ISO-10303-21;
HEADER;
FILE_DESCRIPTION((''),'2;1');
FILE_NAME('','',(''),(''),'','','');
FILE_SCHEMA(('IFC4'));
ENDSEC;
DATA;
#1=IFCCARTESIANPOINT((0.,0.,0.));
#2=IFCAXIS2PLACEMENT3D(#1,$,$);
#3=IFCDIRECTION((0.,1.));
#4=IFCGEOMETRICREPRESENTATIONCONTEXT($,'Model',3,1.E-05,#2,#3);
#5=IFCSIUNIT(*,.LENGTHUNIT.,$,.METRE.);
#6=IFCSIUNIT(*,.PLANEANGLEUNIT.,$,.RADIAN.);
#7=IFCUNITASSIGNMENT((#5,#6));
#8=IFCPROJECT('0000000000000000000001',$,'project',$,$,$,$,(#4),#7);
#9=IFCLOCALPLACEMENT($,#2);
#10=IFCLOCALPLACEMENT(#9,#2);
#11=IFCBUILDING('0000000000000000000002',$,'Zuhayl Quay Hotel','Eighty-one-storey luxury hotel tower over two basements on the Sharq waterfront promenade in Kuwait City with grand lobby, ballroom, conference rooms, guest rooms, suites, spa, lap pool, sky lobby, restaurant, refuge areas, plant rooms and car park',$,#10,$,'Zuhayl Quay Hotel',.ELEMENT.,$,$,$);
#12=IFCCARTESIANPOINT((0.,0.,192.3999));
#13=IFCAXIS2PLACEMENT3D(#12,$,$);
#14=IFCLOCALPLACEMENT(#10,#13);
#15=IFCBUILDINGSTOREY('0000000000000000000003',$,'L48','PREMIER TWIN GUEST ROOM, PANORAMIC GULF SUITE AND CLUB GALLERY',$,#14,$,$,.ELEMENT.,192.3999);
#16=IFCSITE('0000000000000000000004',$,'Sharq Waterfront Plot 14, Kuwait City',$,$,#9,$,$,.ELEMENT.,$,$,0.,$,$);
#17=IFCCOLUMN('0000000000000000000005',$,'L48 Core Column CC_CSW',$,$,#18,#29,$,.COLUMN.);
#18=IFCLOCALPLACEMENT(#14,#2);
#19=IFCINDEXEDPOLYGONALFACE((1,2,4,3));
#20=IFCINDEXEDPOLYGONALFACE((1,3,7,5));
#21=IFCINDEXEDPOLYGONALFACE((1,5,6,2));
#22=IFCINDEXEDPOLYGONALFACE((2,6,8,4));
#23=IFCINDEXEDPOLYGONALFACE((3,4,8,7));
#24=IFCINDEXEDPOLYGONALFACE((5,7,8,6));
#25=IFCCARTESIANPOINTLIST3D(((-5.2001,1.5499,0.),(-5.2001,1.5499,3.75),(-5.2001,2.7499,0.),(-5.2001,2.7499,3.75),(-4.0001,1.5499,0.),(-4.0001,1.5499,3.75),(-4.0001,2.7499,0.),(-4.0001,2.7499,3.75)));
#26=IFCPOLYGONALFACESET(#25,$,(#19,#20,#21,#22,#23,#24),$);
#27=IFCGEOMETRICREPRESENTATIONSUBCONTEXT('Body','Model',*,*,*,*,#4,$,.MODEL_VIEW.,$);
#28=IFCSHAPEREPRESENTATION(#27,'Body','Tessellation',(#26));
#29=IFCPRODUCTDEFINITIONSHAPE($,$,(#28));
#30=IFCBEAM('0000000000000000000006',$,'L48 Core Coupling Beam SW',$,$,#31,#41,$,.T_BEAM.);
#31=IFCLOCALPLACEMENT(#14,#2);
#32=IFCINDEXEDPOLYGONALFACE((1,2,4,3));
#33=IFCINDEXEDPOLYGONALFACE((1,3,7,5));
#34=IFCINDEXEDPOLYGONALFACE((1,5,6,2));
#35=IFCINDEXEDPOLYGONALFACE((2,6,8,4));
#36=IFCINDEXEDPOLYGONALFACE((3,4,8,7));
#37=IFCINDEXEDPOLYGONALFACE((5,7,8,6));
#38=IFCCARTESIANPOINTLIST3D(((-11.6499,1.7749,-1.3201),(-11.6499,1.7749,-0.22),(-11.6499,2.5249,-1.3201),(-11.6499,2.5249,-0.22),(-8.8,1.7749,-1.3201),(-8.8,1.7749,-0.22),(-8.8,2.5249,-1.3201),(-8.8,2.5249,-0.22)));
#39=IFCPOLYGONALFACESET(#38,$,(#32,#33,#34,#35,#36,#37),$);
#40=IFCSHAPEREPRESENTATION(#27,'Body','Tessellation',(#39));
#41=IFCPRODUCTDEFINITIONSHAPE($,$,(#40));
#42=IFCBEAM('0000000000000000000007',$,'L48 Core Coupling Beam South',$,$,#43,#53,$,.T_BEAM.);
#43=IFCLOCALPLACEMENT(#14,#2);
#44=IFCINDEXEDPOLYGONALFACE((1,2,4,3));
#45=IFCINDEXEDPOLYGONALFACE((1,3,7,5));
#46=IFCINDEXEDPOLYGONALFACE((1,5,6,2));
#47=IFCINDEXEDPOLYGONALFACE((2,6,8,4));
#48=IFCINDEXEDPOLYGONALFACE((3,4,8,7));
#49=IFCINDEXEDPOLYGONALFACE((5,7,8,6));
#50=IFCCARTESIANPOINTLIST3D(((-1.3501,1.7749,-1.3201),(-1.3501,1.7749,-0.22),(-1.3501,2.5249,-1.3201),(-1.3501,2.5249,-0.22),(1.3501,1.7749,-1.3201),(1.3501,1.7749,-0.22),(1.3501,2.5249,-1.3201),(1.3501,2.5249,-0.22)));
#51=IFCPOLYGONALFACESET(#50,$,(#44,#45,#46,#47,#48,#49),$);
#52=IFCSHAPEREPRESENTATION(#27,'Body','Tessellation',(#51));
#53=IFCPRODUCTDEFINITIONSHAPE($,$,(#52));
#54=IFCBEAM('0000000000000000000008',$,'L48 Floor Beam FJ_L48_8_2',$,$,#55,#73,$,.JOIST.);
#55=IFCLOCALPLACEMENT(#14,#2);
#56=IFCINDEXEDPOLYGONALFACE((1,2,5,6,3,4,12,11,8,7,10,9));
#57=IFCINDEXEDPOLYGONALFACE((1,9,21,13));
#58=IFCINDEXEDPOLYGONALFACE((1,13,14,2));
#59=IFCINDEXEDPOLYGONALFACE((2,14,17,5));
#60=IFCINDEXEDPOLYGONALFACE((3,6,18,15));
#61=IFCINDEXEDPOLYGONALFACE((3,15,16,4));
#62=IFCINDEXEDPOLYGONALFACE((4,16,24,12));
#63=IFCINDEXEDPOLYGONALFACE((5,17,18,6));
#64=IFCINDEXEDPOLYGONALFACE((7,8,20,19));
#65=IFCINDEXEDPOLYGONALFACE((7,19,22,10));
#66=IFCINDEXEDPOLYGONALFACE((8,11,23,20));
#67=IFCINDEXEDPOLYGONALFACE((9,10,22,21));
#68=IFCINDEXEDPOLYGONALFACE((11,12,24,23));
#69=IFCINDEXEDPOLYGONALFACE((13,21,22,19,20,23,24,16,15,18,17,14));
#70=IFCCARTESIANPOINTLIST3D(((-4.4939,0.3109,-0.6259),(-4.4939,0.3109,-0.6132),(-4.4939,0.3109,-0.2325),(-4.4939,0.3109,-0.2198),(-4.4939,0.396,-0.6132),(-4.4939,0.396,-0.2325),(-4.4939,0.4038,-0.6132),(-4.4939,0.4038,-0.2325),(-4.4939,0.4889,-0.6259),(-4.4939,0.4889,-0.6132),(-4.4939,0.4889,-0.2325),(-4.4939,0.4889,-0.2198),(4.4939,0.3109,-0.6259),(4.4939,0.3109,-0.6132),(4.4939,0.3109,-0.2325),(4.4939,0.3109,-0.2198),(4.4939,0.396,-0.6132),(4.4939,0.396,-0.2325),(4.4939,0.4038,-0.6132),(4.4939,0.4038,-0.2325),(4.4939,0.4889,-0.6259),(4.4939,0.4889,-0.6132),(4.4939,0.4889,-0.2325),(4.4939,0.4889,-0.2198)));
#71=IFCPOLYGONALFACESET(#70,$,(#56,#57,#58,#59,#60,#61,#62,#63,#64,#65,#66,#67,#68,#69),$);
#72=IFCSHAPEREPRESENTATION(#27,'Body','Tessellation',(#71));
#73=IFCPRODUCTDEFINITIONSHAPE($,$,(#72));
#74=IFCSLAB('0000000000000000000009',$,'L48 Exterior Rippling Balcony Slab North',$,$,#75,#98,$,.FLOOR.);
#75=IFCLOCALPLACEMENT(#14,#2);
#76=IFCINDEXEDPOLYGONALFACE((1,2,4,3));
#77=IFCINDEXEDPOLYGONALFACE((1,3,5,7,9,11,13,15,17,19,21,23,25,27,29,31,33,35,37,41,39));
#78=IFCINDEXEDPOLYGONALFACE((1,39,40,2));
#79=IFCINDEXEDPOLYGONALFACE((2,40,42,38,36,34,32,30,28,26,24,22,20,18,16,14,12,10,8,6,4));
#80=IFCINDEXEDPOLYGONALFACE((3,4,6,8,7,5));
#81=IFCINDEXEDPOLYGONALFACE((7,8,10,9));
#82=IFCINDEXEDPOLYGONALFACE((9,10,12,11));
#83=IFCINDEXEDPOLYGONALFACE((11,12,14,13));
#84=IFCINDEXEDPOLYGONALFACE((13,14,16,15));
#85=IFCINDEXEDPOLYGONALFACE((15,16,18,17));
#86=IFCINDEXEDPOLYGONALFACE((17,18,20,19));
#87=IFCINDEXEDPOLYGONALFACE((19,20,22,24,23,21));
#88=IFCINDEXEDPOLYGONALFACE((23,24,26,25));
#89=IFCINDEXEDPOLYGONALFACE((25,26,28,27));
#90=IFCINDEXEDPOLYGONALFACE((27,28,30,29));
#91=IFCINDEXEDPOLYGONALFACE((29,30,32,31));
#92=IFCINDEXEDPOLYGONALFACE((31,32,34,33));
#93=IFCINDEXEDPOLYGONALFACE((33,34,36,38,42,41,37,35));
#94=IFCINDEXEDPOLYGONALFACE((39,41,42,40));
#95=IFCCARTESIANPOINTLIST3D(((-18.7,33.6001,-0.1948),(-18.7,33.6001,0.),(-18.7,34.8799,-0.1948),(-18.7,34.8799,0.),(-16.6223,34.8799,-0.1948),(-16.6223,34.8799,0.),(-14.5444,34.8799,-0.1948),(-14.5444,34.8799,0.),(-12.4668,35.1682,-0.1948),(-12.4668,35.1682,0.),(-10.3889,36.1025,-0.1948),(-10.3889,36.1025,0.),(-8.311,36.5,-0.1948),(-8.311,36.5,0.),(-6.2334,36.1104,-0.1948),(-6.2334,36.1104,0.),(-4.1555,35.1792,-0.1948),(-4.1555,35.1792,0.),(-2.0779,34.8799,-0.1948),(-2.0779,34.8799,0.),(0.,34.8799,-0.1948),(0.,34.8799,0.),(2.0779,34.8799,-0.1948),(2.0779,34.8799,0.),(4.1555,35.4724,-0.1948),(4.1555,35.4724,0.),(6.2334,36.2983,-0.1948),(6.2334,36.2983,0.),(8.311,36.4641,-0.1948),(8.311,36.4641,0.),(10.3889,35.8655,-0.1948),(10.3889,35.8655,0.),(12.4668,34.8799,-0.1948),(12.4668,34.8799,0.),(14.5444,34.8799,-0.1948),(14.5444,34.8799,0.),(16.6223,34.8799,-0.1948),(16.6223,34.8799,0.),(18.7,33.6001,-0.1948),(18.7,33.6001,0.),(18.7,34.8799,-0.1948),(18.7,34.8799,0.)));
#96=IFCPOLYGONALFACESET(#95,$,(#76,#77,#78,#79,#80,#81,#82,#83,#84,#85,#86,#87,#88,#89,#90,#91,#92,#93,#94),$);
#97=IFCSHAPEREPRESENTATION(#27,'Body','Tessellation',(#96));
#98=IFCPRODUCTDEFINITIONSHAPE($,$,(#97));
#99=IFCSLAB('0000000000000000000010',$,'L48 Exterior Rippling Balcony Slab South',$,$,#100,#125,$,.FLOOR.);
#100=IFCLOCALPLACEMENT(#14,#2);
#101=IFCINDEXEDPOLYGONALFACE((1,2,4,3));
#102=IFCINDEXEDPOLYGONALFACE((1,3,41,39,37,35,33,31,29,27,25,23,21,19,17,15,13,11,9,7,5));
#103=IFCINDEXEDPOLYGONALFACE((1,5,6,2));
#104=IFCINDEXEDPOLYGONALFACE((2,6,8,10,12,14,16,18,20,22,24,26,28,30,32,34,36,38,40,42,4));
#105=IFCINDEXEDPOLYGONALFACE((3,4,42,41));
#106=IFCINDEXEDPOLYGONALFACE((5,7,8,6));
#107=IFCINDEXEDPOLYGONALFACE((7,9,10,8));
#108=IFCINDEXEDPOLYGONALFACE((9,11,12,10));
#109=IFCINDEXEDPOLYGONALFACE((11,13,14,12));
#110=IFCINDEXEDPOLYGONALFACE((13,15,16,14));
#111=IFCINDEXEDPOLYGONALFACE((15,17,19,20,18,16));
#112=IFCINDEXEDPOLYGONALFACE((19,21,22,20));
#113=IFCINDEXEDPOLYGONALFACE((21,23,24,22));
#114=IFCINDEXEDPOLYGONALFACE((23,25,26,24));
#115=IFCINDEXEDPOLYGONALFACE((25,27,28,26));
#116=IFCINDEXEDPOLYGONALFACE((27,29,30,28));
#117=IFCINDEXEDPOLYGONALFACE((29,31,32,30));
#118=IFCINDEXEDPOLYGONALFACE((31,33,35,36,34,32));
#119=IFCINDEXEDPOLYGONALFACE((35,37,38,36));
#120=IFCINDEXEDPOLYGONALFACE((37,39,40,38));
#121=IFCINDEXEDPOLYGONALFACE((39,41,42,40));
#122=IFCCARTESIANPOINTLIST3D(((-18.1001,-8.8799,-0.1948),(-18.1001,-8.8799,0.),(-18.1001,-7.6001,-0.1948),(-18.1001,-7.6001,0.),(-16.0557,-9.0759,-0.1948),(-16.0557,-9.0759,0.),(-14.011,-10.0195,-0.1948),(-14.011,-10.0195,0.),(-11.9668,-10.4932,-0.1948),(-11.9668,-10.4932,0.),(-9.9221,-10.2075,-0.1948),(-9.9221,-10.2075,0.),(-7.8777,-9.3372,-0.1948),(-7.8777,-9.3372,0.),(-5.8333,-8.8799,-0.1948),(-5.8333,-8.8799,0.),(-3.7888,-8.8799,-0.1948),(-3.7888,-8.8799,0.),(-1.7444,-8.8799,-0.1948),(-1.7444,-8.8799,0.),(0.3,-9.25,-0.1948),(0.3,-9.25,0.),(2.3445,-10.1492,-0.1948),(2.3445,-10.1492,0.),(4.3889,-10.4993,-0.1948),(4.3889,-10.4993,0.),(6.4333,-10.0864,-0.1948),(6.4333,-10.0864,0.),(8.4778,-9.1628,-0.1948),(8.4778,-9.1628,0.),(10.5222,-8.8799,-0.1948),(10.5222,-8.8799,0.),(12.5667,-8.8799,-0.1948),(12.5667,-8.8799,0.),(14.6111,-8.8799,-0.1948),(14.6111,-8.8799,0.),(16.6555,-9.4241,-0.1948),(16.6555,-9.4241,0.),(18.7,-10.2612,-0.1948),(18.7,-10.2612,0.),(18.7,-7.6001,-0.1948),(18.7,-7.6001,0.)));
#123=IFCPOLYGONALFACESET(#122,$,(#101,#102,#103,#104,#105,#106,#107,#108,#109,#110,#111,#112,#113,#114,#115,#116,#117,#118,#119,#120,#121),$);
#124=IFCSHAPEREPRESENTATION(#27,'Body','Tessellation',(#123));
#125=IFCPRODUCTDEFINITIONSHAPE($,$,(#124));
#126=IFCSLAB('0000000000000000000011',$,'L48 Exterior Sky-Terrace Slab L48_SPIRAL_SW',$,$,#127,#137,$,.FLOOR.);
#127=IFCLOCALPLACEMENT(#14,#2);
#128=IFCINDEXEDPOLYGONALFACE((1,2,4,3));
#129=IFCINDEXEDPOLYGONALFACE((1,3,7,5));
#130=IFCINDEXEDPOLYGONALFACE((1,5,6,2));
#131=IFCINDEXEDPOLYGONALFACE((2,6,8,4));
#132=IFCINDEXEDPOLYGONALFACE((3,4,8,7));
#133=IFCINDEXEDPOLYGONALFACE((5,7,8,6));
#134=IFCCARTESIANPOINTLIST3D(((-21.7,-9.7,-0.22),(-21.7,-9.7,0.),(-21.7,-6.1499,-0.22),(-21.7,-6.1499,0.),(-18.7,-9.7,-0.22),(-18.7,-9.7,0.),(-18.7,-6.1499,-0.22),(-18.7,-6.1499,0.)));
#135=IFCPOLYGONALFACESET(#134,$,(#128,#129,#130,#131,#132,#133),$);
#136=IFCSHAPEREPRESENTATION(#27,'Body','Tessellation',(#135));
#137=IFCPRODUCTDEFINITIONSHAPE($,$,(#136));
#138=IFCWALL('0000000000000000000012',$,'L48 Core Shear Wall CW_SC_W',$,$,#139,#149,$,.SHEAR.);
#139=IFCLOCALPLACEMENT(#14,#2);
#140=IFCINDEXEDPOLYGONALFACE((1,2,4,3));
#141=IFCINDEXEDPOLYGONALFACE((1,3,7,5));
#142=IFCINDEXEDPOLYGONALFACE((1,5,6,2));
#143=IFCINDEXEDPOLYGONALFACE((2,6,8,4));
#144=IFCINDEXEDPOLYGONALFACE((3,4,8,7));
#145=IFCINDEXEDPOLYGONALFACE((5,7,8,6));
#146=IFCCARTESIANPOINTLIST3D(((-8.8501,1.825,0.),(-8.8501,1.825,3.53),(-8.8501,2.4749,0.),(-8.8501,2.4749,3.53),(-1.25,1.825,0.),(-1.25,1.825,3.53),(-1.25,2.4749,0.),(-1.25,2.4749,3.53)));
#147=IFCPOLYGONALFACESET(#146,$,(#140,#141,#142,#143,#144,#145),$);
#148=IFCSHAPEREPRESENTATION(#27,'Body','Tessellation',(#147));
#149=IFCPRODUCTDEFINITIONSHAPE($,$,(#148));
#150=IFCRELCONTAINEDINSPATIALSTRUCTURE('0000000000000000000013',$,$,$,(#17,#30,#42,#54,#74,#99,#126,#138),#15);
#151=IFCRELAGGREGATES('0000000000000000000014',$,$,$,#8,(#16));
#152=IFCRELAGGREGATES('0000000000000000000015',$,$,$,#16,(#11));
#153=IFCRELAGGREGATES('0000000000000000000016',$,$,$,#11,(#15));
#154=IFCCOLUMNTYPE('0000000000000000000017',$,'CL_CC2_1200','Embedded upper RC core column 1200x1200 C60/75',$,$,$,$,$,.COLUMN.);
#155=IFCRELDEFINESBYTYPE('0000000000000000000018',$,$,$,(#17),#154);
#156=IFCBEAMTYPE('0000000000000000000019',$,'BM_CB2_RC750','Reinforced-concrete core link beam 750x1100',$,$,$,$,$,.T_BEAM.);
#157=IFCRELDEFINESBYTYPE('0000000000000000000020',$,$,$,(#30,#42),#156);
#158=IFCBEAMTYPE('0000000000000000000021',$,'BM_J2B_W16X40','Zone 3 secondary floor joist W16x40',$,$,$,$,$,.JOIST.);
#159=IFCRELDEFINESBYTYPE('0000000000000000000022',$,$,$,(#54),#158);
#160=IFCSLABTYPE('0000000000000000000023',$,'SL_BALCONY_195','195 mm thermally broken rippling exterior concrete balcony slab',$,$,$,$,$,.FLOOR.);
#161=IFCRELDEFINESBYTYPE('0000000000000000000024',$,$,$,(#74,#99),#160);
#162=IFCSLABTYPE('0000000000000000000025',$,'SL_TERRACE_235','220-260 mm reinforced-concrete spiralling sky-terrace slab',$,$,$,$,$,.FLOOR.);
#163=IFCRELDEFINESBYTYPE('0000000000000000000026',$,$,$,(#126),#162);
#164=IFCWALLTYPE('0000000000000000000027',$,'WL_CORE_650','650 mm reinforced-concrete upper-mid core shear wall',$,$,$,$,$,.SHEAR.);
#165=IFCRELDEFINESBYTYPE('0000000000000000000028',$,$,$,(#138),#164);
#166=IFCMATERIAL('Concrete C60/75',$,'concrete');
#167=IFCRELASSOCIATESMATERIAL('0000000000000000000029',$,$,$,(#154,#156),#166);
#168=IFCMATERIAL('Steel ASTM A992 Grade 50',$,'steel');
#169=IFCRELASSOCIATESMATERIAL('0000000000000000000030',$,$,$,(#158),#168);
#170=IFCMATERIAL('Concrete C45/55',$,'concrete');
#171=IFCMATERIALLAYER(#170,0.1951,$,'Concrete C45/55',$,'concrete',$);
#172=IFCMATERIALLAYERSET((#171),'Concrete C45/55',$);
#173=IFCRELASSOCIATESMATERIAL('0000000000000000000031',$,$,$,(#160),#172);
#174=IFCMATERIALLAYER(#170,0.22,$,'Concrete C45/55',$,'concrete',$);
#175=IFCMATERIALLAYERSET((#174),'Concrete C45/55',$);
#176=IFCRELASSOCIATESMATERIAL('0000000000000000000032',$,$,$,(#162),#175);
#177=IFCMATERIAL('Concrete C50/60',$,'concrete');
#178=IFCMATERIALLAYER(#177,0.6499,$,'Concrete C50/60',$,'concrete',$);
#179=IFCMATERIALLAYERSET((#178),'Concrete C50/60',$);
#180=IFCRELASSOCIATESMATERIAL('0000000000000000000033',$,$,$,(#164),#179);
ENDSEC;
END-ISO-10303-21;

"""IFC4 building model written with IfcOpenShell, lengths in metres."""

from ifc_helpers import new_model, si_unit, direction, frame, frame_2d, origin, origin_2d, place, context, subcontext, project, spatial, polyline, rectangle, i_section, outline, extrude, material, layer, layer_set, material_profile, profile_set, type_object, element, save


model = new_model("IFC4")

# Units and contexts
model_context = context("Model", 3, precision=1e-05, world=origin(), true_north=direction((0.0, 1.0)))
body_context = subcontext(model_context, "Body", "Model", "MODEL_VIEW")
ifc_project = project(units=[si_unit("LENGTHUNIT", "METRE"), si_unit("PLANEANGLEUNIT", "RADIAN")], contexts=[model_context])

# Site, building, storey
site_placement = place(None, origin())
site = spatial("IfcSite", under=ifc_project, at=site_placement, Name="Sharq Waterfront Plot 14, Kuwait City", CompositionType="ELEMENT", RefElevation=0.0)
building_placement = place(site_placement, origin())
building = spatial("IfcBuilding", under=site, at=building_placement, Name="Zuhayl Quay Hotel", Description="Eighty-one-storey luxury hotel tower over two basements on the Sharq waterfront promenade in Kuwait City with grand lobby, ballroom, conference rooms, guest rooms, suites, spa, lap pool, sky lobby, restaurant, refuge areas, plant rooms and car park", LongName="Zuhayl Quay Hotel", CompositionType="ELEMENT")
storey_placement = place(building_placement, frame((0.0, 0.0, 192.3999)))
storey = spatial("IfcBuildingStorey", under=building, at=storey_placement, Name="L48", Description="PREMIER TWIN GUEST ROOM, PANORAMIC GULF SUITE AND CLUB GALLERY", CompositionType="ELEMENT", Elevation=192.3999)

# Column
ifc_material_1 = material(Name="Concrete C60/75", Category="concrete")
ifc_material_profile_1 = material_profile(ifc_material_1, rectangle(XDim=1.2, YDim=1.2, at=origin_2d()), Name="RC1200X1200")
ifc_profile_set_1 = profile_set([ifc_material_profile_1], Name="Concrete C60/75")
column_type = type_object("IfcColumnType", Name="CL_CC2_1200", Description="Embedded upper RC core column 1200x1200 C60/75", PredefinedType="COLUMN", material=ifc_profile_set_1)
column_placement = place(storey_placement, frame((-4.6001, 2.1499, 0.0), z_axis=(0.0, 0.0, 1.0), x_axis=(1.0, 0.0, 0.0)))
element("IfcColumn", 1, at=column_placement, inside=storey, type_object=column_type, Name="L48 Core Column CC_CSW", PredefinedType="COLUMN", context=body_context, shape_type="SweptSolid", body=[
    extrude(rectangle(XDim=1.2, YDim=1.2, at=origin_2d()), origin(), (0.0, 0.0, 1.0), 3.75),
])

# Beams
ifc_material_profile_2 = material_profile(ifc_material_1, rectangle(XDim=0.75, YDim=1.1001, at=origin_2d()), Name="RC750X1100")
ifc_profile_set_2 = profile_set([ifc_material_profile_2], Name="Concrete C60/75")
beam_type_1 = type_object("IfcBeamType", Name="BM_CB2_RC750", Description="Reinforced-concrete core link beam 750x1100", PredefinedType="T_BEAM", material=ifc_profile_set_2)
beam_1_placement = place(storey_placement, frame((-11.6499, 2.1499, -0.77), z_axis=(1.0, 0.0, 0.0), x_axis=(0.0, 1.0, 0.0)))
element("IfcBeam", 2, at=beam_1_placement, inside=storey, type_object=beam_type_1, Name="L48 Core Coupling Beam SW", PredefinedType="T_BEAM", context=body_context, shape_type="SweptSolid", body=[
    extrude(rectangle(XDim=0.75, YDim=1.1001, at=origin_2d()), origin(), (0.0, 0.0, 1.0), 2.8499),
])
beam_2_placement = place(storey_placement, frame((-1.3501, 2.1499, -0.77), z_axis=(1.0, 0.0, 0.0), x_axis=(0.0, 1.0, 0.0)))
element("IfcBeam", 3, at=beam_2_placement, inside=storey, type_object=beam_type_1, Name="L48 Core Coupling Beam South", PredefinedType="T_BEAM", context=body_context, shape_type="SweptSolid", body=[
    extrude(rectangle(XDim=0.75, YDim=1.1001, at=origin_2d()), origin(), (0.0, 0.0, 1.0), 2.7002),
])
ifc_material_2 = material(Name="Steel ASTM A992 Grade 50", Category="steel")
ifc_material_profile_3 = material_profile(ifc_material_2, i_section(OverallWidth=0.178, OverallDepth=0.406, WebThickness=0.0078, FlangeThickness=0.0127, at=origin_2d()), Name="W16X40")
ifc_profile_set_3 = profile_set([ifc_material_profile_3], Name="Steel ASTM A992 Grade 50")
beam_type_2 = type_object("IfcBeamType", Name="BM_J2B_W16X40", Description="Zone 3 secondary floor joist W16x40", PredefinedType="JOIST", material=ifc_profile_set_3)
beam_3_placement = place(storey_placement, frame((-4.4939, 0.3999, -0.4229), z_axis=(1.0, 0.0, 0.0), x_axis=(0.0, 1.0, 0.0)))
element("IfcBeam", 4, at=beam_3_placement, inside=storey, type_object=beam_type_2, Name="L48 Floor Beam FJ_L48_8_2", PredefinedType="JOIST", context=body_context, shape_type="SweptSolid", body=[
    extrude(i_section(OverallWidth=0.178, OverallDepth=0.406, WebThickness=0.0078, FlangeThickness=0.0127, at=origin_2d()), origin(), (0.0, 0.0, 1.0), 8.9878),
])

# Slabs
ifc_material_3 = material(Name="Concrete C45/55", Category="concrete")
ifc_layer_1 = layer(ifc_material_3, 0.1951, Name="Concrete C45/55", Category="concrete")
ifc_layer_set_1 = layer_set([ifc_layer_1], Name="Concrete C45/55")
slab_type_1 = type_object("IfcSlabType", Name="SL_BALCONY_195", Description="195 mm thermally broken rippling exterior concrete balcony slab", PredefinedType="FLOOR", material=ifc_layer_set_1)
slab_1_placement = place(storey_placement, frame((0.0, 0.0, -0.1948)))
element("IfcSlab", 5, at=slab_1_placement, inside=storey, type_object=slab_type_1, Name="L48 Exterior Rippling Balcony Slab North", PredefinedType="FLOOR", context=body_context, shape_type="SweptSolid", body=[
    extrude(outline(polyline([(-18.7, 33.6001), (18.7, 33.6001), (18.7, 34.8799), (16.6223, 34.8799), (14.5444, 34.8799), (12.4668, 34.8799), (10.3889, 35.8655), (8.311, 36.4641), (6.2334, 36.2983), (4.1555, 35.4724), (2.0779, 34.8799), (0.0, 34.8799), (-2.0779, 34.8799), (-4.1555, 35.1792), (-6.2334, 36.1104), (-8.311, 36.5), (-10.3889, 36.1025), (-12.4668, 35.1682), (-14.5444, 34.8799), (-16.6223, 34.8799), (-18.7, 34.8799), (-18.7, 33.6001)])), origin(), (0.0, 0.0, 1.0), 0.1948),
])
slab_2_placement = place(storey_placement, frame((0.0, 0.0, -0.1948)))
element("IfcSlab", 6, at=slab_2_placement, inside=storey, type_object=slab_type_1, Name="L48 Exterior Rippling Balcony Slab South", PredefinedType="FLOOR", context=body_context, shape_type="SweptSolid", body=[
    extrude(outline(polyline([(-18.1001, -8.8799), (-16.0557, -9.0759), (-14.011, -10.0195), (-11.9668, -10.4932), (-9.9221, -10.2075), (-7.8777, -9.3372), (-5.8333, -8.8799), (-3.7888, -8.8799), (-1.7444, -8.8799), (0.3, -9.25), (2.3445, -10.1492), (4.3889, -10.4993), (6.4333, -10.0864), (8.4778, -9.1628), (10.5222, -8.8799), (12.5667, -8.8799), (14.6111, -8.8799), (16.6555, -9.4241), (18.7, -10.2612), (18.7, -7.6001), (-18.1001, -7.6001), (-18.1001, -8.8799)])), origin(), (0.0, 0.0, 1.0), 0.1948),
])
ifc_layer_2 = layer(ifc_material_3, 0.22, Name="Concrete C45/55", Category="concrete")
ifc_layer_set_2 = layer_set([ifc_layer_2], Name="Concrete C45/55")
slab_type_2 = type_object("IfcSlabType", Name="SL_TERRACE_235", Description="220-260 mm reinforced-concrete spiralling sky-terrace slab", PredefinedType="FLOOR", material=ifc_layer_set_2)
slab_3_placement = place(storey_placement, frame((0.0, 0.0, -0.22)))
element("IfcSlab", 7, at=slab_3_placement, inside=storey, type_object=slab_type_2, Name="L48 Exterior Sky-Terrace Slab L48_SPIRAL_SW", PredefinedType="FLOOR", context=body_context, shape_type="SweptSolid", body=[
    extrude(outline(polyline([(-21.7, -9.7), (-18.7, -9.7), (-18.7, -6.1499), (-21.7, -6.1499), (-21.7, -9.7)])), origin(), (0.0, 0.0, 1.0), 0.22),
])

# Wall
ifc_material_4 = material(Name="Concrete C50/60", Category="concrete")
ifc_layer_3 = layer(ifc_material_4, 0.6499, Name="Concrete C50/60", Category="concrete")
ifc_layer_set_3 = layer_set([ifc_layer_3], Name="Concrete C50/60")
wall_type_1 = type_object("IfcWallType", Name="WL_CORE_650", Description="650 mm reinforced-concrete upper-mid core shear wall", PredefinedType="SHEAR", material=ifc_layer_set_3)
wall_1_placement = place(storey_placement, frame((-8.8501, 2.1499, 0.0), z_axis=(0.0, 0.0, 1.0), x_axis=(1.0, 0.0, 0.0)))
element("IfcWall", 8, at=wall_1_placement, inside=storey, type_object=wall_type_1, Name="L48 Core Shear Wall CW_SC_W", PredefinedType="SHEAR", context=body_context, shape_type="SweptSolid", body=[
    extrude(rectangle(XDim=7.6001, YDim=0.6499, at=frame_2d((3.8, 0.0))), origin(), (0.0, 0.0, 1.0), 3.53),
])

save(model, "model.ifc")
